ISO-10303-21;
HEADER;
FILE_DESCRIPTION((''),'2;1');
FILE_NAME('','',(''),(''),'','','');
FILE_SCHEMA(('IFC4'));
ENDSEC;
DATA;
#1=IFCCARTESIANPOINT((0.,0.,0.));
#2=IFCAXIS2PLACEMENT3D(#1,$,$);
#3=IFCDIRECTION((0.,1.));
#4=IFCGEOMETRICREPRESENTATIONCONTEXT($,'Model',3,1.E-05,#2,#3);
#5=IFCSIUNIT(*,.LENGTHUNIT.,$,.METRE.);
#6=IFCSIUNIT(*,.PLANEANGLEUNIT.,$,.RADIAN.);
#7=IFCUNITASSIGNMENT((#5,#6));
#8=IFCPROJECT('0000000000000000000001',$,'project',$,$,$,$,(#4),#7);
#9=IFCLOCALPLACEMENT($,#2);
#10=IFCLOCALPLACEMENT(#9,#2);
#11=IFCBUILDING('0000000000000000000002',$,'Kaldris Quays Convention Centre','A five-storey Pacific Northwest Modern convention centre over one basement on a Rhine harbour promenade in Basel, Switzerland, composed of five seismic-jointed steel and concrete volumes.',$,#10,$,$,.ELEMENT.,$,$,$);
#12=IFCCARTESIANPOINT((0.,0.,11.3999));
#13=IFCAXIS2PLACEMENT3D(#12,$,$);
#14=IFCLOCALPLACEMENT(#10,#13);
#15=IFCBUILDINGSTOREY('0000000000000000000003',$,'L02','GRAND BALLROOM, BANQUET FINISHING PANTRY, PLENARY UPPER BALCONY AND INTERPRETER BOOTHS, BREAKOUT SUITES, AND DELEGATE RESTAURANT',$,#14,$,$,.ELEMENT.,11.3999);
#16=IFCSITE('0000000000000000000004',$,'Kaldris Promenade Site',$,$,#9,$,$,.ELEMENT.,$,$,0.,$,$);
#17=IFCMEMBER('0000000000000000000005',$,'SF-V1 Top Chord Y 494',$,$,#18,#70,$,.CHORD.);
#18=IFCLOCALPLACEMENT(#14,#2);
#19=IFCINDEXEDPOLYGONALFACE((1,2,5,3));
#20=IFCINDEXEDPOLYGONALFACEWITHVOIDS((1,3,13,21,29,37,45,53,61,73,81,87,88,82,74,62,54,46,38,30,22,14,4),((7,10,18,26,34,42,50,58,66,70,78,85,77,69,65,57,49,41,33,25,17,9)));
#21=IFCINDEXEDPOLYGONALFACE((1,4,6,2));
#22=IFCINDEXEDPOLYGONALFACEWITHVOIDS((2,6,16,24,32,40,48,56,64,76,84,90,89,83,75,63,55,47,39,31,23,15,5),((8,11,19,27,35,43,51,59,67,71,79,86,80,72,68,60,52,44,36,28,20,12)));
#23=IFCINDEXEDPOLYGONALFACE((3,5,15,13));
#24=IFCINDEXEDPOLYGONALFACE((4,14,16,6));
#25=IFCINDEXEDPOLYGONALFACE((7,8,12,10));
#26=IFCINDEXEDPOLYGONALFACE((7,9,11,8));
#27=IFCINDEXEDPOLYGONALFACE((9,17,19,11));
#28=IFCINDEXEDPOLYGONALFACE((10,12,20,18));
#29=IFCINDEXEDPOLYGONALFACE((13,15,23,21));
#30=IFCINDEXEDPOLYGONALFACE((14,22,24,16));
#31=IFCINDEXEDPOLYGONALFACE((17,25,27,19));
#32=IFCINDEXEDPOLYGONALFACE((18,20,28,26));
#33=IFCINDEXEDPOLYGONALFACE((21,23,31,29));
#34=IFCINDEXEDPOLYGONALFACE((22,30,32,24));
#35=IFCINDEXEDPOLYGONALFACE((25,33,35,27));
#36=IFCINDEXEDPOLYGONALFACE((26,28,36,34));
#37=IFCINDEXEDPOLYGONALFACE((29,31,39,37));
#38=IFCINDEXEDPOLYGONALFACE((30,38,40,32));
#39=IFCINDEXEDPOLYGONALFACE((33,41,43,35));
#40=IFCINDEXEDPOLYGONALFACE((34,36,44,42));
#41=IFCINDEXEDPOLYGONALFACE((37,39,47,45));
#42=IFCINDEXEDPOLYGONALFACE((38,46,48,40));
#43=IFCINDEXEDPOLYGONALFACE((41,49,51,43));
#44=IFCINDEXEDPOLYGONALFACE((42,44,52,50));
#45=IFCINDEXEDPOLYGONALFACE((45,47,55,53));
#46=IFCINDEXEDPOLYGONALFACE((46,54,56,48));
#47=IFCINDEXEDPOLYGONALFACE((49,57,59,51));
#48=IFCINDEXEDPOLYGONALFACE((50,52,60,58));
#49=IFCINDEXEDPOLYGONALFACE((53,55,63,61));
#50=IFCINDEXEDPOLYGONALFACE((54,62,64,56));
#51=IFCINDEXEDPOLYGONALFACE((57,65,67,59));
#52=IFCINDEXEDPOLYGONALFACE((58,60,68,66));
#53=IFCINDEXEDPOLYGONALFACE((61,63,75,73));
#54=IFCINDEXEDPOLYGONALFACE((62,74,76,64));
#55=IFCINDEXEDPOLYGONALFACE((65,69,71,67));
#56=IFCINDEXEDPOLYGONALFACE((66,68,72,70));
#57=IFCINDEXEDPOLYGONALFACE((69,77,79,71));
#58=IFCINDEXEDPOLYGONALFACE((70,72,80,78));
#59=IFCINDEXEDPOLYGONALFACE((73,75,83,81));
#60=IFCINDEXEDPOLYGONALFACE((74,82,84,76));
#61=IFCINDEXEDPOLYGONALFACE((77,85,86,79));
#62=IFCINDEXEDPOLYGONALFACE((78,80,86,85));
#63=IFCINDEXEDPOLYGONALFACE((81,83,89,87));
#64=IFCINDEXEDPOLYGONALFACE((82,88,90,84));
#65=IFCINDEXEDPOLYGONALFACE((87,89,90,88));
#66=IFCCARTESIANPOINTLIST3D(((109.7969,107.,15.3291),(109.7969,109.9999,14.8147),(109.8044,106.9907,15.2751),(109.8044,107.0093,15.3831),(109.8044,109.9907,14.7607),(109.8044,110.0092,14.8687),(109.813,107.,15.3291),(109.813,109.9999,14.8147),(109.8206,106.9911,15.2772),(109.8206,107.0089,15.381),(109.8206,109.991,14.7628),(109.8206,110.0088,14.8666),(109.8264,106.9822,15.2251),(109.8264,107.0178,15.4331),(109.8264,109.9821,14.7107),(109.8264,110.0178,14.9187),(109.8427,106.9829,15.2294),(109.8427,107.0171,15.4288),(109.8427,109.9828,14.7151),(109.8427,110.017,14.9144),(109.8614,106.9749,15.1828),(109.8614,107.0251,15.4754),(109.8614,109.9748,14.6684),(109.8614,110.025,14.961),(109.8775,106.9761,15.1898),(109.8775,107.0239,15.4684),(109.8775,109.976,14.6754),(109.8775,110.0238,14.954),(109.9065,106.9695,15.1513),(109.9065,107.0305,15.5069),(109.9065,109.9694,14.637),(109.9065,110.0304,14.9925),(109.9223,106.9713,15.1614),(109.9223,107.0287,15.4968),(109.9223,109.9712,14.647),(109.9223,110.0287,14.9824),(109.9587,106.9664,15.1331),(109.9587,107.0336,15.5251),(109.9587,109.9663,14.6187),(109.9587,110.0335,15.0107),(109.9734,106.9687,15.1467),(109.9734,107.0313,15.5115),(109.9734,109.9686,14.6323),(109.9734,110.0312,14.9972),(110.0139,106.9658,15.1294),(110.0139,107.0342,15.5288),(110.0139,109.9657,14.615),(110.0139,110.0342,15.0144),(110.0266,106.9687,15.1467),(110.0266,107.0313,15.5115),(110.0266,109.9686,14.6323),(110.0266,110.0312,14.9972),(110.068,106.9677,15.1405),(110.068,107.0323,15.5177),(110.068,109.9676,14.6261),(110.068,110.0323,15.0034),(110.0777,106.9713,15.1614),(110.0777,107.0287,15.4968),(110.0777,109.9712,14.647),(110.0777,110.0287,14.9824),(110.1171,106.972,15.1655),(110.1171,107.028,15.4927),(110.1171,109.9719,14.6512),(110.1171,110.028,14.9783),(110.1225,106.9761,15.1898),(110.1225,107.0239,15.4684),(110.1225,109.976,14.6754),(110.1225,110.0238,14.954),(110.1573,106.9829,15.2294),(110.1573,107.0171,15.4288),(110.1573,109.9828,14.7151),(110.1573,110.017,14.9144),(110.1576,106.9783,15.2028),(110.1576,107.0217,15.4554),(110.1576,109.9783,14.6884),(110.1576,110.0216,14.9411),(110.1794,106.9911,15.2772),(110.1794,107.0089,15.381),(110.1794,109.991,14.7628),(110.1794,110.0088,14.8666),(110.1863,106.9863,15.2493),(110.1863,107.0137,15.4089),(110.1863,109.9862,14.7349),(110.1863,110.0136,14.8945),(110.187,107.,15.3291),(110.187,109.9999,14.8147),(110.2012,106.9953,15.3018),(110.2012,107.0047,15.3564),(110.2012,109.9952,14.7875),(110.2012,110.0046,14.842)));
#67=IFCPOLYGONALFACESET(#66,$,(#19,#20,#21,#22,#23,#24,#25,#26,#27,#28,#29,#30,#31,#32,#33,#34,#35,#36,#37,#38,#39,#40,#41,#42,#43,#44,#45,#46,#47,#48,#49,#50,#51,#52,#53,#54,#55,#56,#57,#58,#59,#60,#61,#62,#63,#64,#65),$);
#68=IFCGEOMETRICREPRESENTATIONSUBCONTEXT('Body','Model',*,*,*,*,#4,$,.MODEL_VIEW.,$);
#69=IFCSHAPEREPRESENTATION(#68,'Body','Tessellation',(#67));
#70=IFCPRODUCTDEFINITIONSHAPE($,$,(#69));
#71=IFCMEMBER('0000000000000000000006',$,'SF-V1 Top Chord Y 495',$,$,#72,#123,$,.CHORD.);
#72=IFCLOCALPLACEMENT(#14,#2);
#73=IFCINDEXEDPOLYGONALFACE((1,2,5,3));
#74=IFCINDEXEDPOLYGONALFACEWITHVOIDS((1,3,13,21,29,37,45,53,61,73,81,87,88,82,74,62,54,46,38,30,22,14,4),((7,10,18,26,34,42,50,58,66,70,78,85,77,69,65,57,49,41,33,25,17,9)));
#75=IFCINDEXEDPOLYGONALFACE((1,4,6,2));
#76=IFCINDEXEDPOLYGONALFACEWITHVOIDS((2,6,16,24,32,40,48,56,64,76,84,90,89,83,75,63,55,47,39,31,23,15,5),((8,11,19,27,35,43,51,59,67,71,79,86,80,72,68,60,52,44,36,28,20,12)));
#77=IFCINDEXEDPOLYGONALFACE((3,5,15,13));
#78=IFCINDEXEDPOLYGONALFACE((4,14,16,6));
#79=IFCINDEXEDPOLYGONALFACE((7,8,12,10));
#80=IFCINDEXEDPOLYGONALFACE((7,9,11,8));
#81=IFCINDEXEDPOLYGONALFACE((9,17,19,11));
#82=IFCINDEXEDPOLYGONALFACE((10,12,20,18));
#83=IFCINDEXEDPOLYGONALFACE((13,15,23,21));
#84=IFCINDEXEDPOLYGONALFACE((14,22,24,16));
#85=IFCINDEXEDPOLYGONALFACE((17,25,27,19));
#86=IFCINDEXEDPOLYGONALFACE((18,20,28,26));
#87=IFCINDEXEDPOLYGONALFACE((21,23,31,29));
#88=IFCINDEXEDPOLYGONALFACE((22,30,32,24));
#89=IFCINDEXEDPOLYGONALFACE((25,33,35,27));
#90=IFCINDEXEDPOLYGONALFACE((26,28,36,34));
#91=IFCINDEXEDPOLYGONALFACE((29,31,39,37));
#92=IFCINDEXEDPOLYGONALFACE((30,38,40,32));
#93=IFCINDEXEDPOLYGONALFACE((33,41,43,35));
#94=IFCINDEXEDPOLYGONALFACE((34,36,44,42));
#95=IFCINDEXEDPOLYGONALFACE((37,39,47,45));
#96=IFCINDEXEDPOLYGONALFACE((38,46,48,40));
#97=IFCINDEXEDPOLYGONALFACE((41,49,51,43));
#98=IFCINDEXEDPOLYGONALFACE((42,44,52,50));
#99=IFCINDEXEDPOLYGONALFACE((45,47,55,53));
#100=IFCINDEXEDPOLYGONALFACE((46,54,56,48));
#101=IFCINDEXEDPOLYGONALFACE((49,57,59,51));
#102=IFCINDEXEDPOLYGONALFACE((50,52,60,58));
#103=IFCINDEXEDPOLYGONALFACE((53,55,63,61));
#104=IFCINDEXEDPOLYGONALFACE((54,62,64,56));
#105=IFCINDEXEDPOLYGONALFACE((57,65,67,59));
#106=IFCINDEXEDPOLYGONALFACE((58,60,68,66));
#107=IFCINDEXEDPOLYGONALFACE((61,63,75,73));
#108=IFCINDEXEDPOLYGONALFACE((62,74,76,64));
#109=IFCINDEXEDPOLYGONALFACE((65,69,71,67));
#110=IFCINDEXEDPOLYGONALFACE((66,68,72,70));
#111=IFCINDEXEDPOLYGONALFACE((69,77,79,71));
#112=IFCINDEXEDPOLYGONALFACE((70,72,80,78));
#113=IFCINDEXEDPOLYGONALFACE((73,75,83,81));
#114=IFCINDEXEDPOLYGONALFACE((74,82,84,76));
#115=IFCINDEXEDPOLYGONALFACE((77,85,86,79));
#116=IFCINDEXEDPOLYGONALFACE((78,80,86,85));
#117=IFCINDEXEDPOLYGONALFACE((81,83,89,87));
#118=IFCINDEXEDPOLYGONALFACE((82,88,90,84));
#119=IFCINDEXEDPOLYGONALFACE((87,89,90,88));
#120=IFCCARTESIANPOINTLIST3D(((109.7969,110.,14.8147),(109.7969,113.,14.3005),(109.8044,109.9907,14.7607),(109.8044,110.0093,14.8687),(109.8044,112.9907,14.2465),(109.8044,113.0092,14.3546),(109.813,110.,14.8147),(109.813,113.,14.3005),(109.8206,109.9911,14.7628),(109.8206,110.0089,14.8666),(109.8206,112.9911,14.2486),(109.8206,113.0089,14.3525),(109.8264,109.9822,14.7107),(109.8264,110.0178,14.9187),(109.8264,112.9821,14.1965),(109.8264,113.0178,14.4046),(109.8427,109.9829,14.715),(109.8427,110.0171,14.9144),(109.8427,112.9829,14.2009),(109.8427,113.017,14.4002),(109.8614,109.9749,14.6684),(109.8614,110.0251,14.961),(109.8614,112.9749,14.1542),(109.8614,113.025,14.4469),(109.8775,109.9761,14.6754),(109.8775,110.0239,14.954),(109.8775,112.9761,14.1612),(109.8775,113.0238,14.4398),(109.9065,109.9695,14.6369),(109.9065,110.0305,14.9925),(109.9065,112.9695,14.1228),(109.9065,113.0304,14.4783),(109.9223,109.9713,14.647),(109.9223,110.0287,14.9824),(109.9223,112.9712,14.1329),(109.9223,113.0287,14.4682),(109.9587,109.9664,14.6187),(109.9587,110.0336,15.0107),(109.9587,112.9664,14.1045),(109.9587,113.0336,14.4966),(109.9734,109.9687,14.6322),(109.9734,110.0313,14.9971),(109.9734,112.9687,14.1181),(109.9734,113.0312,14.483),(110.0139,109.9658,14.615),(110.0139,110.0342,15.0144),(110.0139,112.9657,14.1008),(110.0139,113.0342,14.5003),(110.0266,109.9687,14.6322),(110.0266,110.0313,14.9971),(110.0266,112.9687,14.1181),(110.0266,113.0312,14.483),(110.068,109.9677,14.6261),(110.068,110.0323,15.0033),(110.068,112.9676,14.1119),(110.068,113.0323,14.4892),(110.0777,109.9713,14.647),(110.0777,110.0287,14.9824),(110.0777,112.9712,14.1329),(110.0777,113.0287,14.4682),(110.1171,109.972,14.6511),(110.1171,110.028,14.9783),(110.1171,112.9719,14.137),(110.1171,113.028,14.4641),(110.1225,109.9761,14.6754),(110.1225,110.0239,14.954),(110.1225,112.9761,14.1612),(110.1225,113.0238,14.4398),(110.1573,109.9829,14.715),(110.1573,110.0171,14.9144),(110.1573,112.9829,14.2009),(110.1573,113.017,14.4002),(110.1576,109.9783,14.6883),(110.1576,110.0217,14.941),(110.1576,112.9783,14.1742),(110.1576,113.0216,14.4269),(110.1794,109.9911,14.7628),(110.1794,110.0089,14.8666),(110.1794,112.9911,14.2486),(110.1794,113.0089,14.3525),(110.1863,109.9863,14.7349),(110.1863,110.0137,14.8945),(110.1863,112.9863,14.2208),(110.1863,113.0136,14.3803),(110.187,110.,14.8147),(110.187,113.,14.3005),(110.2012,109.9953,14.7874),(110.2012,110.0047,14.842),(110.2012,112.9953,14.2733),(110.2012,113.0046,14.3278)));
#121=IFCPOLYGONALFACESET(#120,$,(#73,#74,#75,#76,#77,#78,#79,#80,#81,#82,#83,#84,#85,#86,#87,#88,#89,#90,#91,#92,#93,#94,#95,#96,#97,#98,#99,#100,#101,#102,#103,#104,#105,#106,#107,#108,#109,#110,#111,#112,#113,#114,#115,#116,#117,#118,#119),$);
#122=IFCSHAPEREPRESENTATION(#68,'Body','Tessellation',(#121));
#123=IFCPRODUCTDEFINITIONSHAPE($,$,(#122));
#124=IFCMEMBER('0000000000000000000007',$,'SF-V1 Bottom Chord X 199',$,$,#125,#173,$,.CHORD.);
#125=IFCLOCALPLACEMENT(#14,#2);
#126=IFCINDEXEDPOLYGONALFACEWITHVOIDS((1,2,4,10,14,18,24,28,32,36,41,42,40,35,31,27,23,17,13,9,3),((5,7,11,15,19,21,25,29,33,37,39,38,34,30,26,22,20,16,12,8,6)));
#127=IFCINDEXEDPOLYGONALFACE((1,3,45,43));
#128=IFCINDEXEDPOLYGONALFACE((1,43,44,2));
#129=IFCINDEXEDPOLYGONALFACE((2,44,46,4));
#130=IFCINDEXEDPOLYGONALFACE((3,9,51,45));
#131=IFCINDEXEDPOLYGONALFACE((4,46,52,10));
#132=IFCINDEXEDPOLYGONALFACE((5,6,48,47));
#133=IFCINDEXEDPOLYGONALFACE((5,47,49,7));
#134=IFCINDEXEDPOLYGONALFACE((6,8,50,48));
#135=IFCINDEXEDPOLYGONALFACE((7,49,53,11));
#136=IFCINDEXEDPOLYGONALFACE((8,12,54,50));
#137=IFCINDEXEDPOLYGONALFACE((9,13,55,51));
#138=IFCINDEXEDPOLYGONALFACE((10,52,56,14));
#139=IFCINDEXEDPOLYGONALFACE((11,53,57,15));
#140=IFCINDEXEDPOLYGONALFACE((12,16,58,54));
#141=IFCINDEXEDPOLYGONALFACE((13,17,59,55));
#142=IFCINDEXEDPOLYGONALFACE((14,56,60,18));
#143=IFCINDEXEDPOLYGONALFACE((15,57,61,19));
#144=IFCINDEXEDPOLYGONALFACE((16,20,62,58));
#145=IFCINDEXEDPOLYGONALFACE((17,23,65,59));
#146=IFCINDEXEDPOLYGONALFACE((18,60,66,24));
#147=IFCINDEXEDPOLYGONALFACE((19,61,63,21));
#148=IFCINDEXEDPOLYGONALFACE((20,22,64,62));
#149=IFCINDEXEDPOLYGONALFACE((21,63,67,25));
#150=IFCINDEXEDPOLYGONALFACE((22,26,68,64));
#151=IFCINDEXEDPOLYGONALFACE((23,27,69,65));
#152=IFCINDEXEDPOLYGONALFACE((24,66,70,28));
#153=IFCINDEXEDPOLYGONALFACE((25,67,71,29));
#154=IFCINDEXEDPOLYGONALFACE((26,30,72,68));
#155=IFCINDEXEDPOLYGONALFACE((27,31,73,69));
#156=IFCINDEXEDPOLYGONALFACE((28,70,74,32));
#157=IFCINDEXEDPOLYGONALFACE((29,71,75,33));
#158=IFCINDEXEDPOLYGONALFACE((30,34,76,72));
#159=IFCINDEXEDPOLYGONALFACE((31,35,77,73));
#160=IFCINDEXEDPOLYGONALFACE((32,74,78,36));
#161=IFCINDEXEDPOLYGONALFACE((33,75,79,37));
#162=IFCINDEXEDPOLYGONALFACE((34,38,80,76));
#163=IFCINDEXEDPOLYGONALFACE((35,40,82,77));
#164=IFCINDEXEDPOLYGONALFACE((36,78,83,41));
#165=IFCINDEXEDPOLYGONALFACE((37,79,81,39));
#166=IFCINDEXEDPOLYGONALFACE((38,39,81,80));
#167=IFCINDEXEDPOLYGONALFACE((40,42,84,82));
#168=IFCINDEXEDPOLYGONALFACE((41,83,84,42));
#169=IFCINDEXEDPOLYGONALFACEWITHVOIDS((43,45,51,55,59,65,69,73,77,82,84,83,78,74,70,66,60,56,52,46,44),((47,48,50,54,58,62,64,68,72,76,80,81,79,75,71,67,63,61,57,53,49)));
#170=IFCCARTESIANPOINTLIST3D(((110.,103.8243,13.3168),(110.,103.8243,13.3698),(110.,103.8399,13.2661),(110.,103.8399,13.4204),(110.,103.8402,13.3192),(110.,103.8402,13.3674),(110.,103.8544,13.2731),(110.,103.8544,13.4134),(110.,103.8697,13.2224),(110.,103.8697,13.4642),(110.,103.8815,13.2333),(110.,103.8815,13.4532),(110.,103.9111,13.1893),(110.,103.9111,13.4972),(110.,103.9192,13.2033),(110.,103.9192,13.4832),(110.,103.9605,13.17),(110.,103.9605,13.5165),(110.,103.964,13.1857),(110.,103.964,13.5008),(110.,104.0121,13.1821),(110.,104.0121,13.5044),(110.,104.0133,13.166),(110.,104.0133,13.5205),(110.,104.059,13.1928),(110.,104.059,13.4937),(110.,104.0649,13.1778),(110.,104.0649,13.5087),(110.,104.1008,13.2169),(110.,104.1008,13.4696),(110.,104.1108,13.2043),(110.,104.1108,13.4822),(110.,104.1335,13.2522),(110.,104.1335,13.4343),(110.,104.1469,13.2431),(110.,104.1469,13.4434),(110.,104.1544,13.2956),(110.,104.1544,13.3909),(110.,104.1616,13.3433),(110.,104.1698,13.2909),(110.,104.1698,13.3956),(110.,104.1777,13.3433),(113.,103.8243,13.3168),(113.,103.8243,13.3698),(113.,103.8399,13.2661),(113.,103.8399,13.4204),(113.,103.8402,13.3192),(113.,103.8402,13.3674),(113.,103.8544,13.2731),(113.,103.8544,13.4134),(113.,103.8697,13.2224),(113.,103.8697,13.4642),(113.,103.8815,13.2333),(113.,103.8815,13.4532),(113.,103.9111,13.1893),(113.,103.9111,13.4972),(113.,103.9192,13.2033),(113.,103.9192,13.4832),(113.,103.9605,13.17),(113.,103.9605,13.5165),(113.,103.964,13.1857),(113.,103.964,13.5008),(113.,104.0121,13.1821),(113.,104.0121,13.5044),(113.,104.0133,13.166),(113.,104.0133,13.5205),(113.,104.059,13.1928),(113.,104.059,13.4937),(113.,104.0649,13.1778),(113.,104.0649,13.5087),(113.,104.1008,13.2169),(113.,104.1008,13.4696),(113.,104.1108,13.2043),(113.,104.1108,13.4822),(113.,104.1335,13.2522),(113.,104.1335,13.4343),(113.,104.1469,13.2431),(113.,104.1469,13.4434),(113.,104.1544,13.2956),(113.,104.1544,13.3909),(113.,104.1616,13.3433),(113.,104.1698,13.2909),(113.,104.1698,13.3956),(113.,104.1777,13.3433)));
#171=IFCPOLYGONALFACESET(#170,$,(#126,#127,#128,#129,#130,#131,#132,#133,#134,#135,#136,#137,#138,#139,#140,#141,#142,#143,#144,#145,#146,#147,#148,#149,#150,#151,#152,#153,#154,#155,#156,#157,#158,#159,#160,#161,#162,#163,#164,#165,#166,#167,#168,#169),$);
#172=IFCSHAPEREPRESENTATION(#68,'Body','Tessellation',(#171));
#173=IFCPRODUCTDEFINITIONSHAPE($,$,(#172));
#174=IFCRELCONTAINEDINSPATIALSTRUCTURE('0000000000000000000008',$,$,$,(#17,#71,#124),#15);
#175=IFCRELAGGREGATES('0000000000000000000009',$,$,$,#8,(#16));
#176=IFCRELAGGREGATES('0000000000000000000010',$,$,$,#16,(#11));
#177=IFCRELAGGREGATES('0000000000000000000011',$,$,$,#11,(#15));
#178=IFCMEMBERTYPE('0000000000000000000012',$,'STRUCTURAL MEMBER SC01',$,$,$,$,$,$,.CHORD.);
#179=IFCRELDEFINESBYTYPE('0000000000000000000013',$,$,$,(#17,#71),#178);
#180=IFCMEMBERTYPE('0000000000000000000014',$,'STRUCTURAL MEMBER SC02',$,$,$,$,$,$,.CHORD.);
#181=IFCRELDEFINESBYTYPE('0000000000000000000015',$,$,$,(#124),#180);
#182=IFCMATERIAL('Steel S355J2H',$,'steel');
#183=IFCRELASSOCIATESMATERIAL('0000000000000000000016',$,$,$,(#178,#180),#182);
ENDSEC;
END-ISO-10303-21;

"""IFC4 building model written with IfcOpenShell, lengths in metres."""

from ifc_helpers import new_model, si_unit, direction, frame, origin, origin_2d, place, context, subcontext, project, spatial, hollow_circle, extrude, material, material_profile, profile_set, type_object, element, save


model = new_model("IFC4")

# Units and contexts
model_context = context("Model", 3, precision=1e-05, world=origin(), true_north=direction((0.0, 1.0)))
body_context = subcontext(model_context, "Body", "Model", "MODEL_VIEW")
ifc_project = project(units=[si_unit("LENGTHUNIT", "METRE"), si_unit("PLANEANGLEUNIT", "RADIAN")], contexts=[model_context])

# Site, building, storey
site_placement = place(None, origin())
site = spatial("IfcSite", under=ifc_project, at=site_placement, Name="Kaldris Promenade Site", CompositionType="ELEMENT", RefElevation=0.0)
building_placement = place(site_placement, origin())
building = spatial("IfcBuilding", under=site, at=building_placement, Name="Kaldris Quays Convention Centre", Description="A five-storey Pacific Northwest Modern convention centre over one basement on a Rhine harbour promenade in Basel, Switzerland, composed of five seismic-jointed steel and concrete volumes.", CompositionType="ELEMENT")
storey_placement = place(building_placement, frame((0.0, 0.0, 11.3999)))
storey = spatial("IfcBuildingStorey", under=building, at=storey_placement, Name="L02", Description="GRAND BALLROOM, BANQUET FINISHING PANTRY, PLENARY UPPER BALCONY AND INTERPRETER BOOTHS, BREAKOUT SUITES, AND DELEGATE RESTAURANT", CompositionType="ELEMENT", Elevation=11.3999)

# Members
ifc_material_1 = material(Name="Steel S355J2H", Category="steel")
ifc_material_profile_1 = material_profile(ifc_material_1, hollow_circle(Radius=0.2031, WallThickness=0.0161, at=origin_2d()), Name="CHS 406.4x16")
ifc_profile_set_1 = profile_set([ifc_material_profile_1], Name="Steel S355J2H")
member_type_1 = type_object("IfcMemberType", Name="STRUCTURAL MEMBER SC01", PredefinedType="CHORD", material=ifc_profile_set_1)
for number, where, z_axis, x_axis, name in (
    (1, (110.0, 107.0, 15.3291), (0.0, 0.985616, -0.169002), (-1.0, 0.0, 0.0), "SF-V1 Top Chord Y 494"),
    (2, (110.0, 110.0, 14.8147), (0.0, 0.985629, -0.168924), (-1.0, 0.0, 0.0), "SF-V1 Top Chord Y 495"),
):
    element("IfcMember", number, at=place(storey_placement, frame(where, z_axis=z_axis, x_axis=x_axis)), inside=storey, type_object=member_type_1, Name=name, PredefinedType="CHORD", context=body_context, shape_type="SweptSolid", body=[
        extrude(hollow_circle(Radius=0.2031, WallThickness=0.0161, at=origin_2d()), origin(), (0.0, 0.0, 1.0), 3.0437),
    ])
ifc_material_profile_2 = material_profile(ifc_material_1, hollow_circle(Radius=0.1777, WallThickness=0.0161, at=origin_2d()), Name="CHS 355.6x16")
ifc_profile_set_2 = profile_set([ifc_material_profile_2], Name="Steel S355J2H")
member_type_2 = type_object("IfcMemberType", Name="STRUCTURAL MEMBER SC02", PredefinedType="CHORD", material=ifc_profile_set_2)
for number, where, z_axis, x_axis, name in (
    (3, (110.0, 104.0, 13.3433), (1.0, 0.0, 0.0), (0.0, 1.0, 0.0), "SF-V1 Bottom Chord X 199"),
):
    element("IfcMember", number, at=place(storey_placement, frame(where, z_axis=z_axis, x_axis=x_axis)), inside=storey, type_object=member_type_2, Name=name, PredefinedType="CHORD", context=body_context, shape_type="SweptSolid", body=[
        extrude(hollow_circle(Radius=0.1777, WallThickness=0.0161, at=origin_2d()), origin(), (0.0, 0.0, 1.0), 3.0),
    ])

save(model, "model.ifc")
